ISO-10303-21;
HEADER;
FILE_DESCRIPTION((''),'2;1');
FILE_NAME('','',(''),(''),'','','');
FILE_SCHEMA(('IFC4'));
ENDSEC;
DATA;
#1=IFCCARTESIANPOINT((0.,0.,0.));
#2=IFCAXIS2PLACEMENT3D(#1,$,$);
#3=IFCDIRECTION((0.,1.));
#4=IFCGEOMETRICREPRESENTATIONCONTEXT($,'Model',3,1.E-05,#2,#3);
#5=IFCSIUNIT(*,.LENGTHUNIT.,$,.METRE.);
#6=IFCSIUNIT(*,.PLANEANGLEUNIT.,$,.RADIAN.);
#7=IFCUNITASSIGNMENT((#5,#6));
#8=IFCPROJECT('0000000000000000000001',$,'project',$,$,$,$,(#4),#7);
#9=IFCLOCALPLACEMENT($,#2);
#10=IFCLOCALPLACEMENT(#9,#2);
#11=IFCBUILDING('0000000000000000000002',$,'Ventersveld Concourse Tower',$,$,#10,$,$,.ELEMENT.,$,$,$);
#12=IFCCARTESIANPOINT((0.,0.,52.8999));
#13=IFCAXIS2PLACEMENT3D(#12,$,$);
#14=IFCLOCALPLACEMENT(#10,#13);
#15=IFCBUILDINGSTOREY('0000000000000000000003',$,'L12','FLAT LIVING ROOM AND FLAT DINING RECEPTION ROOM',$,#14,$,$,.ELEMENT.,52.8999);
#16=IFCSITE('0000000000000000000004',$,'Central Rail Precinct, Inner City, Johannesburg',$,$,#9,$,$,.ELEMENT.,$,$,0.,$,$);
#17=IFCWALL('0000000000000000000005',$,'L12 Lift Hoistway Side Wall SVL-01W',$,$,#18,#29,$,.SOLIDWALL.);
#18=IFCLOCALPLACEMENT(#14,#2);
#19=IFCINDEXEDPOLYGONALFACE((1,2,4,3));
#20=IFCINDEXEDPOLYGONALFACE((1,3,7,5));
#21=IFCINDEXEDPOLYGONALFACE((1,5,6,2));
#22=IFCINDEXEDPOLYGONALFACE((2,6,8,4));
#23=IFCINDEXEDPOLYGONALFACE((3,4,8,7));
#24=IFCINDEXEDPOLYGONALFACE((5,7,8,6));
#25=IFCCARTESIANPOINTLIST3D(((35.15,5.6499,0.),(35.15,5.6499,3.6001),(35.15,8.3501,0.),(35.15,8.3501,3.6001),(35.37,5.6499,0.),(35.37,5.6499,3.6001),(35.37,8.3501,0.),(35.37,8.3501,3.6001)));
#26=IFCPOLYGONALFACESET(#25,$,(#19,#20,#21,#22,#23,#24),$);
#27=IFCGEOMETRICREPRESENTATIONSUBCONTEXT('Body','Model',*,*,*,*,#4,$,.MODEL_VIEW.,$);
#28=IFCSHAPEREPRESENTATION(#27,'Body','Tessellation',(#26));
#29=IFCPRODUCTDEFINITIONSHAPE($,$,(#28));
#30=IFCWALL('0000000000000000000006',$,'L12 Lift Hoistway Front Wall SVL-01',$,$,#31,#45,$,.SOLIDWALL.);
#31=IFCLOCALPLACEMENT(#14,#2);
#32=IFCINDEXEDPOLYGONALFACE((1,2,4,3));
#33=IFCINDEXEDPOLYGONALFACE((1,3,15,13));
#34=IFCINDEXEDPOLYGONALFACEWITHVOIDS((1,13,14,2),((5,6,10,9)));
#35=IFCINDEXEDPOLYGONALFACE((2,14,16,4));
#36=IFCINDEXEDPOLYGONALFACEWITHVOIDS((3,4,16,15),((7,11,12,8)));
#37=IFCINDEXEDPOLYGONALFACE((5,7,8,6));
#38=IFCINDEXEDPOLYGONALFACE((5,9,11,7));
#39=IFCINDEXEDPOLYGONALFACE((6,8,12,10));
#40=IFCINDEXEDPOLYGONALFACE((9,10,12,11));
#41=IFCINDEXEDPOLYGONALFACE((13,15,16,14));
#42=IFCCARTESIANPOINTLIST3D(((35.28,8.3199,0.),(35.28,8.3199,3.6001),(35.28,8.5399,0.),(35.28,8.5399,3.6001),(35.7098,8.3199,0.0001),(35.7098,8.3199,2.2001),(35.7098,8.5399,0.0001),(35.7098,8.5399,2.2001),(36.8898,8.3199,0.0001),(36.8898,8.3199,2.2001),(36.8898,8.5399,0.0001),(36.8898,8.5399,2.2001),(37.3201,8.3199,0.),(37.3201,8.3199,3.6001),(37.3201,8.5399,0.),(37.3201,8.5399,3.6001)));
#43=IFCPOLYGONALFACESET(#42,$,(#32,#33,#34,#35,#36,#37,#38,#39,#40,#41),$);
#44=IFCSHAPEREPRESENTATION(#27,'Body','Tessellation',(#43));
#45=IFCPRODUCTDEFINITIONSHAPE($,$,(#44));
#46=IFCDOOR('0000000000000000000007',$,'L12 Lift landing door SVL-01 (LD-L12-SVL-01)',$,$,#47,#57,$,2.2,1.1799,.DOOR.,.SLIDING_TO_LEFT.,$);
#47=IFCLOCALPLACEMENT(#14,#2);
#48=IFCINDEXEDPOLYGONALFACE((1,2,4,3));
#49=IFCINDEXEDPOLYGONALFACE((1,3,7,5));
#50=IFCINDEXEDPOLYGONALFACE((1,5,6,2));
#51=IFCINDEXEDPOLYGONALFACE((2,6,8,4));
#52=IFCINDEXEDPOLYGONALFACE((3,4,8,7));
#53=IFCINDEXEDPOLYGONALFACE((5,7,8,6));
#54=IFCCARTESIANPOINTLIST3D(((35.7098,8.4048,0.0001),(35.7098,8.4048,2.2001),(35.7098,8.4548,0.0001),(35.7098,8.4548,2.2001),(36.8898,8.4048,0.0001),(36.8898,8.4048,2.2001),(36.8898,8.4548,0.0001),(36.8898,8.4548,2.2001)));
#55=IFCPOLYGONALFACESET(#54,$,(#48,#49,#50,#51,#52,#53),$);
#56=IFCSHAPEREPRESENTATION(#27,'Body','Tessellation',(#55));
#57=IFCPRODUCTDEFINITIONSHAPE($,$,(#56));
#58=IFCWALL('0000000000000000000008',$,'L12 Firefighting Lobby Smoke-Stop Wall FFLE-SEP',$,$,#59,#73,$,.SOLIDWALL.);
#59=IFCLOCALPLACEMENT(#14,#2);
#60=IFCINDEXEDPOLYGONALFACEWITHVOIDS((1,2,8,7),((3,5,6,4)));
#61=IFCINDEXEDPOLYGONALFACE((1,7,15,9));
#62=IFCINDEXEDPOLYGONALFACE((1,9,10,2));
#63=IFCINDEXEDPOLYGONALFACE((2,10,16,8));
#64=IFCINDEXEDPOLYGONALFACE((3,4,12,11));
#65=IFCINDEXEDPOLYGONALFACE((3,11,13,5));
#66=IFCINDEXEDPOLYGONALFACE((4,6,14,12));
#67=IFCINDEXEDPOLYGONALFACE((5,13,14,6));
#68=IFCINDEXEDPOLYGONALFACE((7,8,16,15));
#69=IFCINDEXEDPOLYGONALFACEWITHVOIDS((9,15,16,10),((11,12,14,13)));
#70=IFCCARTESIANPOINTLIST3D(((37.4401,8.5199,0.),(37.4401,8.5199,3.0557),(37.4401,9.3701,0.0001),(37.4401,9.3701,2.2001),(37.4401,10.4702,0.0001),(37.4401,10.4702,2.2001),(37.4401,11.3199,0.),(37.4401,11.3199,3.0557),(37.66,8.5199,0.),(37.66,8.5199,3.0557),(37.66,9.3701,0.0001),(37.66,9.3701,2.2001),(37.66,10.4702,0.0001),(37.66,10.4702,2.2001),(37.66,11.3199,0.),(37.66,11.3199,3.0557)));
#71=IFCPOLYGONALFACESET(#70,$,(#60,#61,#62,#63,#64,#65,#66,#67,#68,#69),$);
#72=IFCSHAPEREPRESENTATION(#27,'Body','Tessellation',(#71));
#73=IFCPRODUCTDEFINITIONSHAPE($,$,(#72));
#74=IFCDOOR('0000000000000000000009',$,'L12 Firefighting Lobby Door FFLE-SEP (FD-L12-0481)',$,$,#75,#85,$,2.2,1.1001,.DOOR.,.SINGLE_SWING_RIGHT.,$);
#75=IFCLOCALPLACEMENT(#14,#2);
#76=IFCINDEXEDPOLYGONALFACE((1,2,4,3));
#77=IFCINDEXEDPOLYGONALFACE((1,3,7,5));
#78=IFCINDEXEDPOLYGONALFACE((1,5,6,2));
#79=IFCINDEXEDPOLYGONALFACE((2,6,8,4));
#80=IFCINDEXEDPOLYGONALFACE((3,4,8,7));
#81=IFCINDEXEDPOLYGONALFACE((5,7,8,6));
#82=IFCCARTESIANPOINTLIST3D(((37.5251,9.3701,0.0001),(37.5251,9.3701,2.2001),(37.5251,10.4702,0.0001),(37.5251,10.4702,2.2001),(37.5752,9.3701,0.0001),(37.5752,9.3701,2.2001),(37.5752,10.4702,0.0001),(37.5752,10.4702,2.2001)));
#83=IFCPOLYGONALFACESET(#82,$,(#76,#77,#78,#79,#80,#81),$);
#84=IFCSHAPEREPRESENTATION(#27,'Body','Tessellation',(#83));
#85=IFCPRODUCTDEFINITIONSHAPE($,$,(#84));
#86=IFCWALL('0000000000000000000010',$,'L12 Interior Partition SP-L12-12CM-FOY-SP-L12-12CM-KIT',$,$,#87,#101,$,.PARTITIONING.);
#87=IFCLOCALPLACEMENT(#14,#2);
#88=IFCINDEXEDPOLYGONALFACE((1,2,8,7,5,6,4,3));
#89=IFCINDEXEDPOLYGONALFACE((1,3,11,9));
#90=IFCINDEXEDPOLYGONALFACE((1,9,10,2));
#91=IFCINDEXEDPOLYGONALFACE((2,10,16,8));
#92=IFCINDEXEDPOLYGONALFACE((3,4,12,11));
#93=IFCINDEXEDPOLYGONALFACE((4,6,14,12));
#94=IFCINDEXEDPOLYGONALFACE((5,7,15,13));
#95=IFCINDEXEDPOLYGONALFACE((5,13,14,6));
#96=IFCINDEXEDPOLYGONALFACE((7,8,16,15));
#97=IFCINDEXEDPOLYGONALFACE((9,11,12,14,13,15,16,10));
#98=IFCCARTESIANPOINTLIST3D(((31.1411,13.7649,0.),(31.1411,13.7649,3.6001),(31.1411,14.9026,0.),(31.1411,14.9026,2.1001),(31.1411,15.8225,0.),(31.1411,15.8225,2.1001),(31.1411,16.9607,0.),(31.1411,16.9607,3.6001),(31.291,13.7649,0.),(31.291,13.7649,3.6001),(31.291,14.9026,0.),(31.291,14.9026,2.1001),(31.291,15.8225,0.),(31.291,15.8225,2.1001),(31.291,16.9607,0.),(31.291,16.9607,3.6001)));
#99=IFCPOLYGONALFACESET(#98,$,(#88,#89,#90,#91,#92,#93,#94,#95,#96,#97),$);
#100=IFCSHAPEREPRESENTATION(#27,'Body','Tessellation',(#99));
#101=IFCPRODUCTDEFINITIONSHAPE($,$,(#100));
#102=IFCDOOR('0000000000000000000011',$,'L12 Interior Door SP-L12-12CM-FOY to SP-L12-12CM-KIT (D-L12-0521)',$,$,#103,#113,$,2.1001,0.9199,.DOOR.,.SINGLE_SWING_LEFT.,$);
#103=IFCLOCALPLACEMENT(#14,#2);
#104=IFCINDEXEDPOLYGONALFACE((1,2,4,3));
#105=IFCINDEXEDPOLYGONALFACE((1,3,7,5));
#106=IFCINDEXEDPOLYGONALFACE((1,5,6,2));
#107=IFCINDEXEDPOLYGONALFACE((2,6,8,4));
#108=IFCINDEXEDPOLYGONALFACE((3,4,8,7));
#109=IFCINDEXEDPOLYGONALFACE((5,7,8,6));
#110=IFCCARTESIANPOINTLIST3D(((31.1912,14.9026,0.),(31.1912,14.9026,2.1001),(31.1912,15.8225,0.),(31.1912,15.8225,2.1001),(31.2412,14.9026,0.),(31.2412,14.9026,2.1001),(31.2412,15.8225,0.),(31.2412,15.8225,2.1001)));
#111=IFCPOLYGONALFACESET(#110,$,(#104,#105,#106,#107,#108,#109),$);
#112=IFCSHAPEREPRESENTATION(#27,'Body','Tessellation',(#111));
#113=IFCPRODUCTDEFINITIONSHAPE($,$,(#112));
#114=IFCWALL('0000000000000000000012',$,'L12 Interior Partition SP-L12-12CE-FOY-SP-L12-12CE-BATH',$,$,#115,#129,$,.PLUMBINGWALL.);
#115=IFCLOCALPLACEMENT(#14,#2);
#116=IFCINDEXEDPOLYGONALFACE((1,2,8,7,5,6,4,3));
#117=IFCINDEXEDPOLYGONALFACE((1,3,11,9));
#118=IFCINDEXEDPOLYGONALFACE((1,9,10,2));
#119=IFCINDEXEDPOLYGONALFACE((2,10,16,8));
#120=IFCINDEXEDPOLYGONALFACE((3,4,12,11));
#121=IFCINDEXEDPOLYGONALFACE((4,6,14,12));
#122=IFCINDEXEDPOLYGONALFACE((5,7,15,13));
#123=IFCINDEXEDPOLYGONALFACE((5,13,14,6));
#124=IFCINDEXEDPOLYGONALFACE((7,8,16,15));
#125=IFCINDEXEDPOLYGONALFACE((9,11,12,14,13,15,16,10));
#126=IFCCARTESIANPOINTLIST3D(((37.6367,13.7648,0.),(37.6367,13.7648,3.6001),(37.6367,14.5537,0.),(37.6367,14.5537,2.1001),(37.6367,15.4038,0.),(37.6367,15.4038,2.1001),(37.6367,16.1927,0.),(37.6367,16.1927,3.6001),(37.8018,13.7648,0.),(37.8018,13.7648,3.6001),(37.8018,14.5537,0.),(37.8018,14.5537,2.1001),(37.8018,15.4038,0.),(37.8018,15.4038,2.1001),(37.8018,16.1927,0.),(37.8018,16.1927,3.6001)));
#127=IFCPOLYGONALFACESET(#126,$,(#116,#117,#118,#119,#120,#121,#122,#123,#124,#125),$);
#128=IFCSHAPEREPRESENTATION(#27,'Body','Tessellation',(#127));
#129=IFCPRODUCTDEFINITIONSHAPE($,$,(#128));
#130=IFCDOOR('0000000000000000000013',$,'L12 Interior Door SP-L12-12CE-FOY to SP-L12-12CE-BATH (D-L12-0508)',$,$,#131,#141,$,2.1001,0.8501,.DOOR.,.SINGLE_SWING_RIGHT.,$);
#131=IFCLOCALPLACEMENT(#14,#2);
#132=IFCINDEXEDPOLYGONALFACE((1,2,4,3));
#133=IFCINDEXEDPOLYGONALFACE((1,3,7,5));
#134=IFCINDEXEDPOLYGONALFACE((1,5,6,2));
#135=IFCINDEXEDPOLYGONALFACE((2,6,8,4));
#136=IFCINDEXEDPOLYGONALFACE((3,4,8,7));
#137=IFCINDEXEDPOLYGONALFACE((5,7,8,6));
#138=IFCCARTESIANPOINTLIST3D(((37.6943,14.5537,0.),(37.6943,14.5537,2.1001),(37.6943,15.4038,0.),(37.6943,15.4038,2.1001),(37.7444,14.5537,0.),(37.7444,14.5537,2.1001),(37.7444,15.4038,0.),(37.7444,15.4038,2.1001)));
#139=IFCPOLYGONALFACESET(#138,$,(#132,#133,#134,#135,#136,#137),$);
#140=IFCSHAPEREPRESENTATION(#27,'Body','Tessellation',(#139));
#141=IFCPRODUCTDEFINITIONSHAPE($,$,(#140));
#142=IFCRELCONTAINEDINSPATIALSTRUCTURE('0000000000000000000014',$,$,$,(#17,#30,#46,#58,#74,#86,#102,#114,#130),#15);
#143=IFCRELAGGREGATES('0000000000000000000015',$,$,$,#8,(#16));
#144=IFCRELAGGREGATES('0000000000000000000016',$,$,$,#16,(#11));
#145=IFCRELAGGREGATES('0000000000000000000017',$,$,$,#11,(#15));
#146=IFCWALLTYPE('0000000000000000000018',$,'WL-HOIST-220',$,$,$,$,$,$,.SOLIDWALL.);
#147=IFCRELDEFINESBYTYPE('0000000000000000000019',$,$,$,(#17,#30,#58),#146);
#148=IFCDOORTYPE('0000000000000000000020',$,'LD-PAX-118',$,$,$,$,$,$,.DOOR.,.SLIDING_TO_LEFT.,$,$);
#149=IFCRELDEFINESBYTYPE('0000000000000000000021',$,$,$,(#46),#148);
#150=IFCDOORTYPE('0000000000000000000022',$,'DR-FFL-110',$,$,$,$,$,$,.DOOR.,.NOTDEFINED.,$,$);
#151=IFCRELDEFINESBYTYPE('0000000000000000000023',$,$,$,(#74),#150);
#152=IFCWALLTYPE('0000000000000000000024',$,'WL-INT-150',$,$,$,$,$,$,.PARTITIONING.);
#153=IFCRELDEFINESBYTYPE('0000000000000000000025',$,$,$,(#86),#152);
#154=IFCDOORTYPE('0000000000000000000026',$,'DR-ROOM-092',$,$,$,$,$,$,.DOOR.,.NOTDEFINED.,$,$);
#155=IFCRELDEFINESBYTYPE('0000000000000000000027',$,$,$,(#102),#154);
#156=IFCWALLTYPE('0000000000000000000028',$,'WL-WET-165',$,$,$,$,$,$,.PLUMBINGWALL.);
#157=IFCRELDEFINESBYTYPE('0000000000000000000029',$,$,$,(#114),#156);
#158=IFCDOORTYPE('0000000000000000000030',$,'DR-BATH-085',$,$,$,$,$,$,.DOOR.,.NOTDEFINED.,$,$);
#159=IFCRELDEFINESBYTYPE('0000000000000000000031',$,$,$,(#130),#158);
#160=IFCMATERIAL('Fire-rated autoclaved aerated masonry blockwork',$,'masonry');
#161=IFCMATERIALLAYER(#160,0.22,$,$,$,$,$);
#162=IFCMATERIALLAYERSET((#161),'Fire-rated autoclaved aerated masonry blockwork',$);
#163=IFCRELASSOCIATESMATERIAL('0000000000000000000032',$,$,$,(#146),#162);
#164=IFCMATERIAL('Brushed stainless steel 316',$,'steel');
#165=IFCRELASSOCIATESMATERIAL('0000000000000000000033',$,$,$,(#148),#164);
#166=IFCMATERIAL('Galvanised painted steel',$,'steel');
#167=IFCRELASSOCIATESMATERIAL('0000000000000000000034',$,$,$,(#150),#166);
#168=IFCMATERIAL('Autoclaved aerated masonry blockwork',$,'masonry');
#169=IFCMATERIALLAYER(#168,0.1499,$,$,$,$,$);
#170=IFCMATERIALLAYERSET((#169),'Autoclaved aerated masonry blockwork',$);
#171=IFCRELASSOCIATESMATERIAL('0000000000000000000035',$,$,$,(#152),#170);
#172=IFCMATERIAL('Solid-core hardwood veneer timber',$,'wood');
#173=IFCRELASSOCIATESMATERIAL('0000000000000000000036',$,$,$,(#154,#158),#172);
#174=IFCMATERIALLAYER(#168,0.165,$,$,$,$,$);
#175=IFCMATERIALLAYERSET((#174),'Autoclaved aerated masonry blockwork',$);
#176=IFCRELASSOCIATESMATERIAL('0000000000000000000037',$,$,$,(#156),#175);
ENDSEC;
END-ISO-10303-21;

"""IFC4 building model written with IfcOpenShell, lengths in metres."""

from ifc_helpers import new_model, si_unit, direction, frame, frame_2d, origin, place, context, subcontext, project, spatial, rectangle, extrude, material, layer, layer_set, type_object, element, fill, save


model = new_model("IFC4")

# Units and contexts
model_context = context("Model", 3, precision=1e-05, world=origin(), true_north=direction((0.0, 1.0)))
body_context = subcontext(model_context, "Body", "Model", "MODEL_VIEW")
ifc_project = project(units=[si_unit("LENGTHUNIT", "METRE"), si_unit("PLANEANGLEUNIT", "RADIAN")], contexts=[model_context])

# Site, building, storey
site_placement = place(None, origin())
site = spatial("IfcSite", under=ifc_project, at=site_placement, Name="Central Rail Precinct, Inner City, Johannesburg", CompositionType="ELEMENT", RefElevation=0.0)
building_placement = place(site_placement, origin())
building = spatial("IfcBuilding", under=site, at=building_placement, Name="Ventersveld Concourse Tower", CompositionType="ELEMENT")
storey_placement = place(building_placement, frame((0.0, 0.0, 52.8999)))
storey = spatial("IfcBuildingStorey", under=building, at=storey_placement, Name="L12", Description="FLAT LIVING ROOM AND FLAT DINING RECEPTION ROOM", CompositionType="ELEMENT", Elevation=52.8999)

# Shared definitions
ifc_material_1 = material(Name="Fire-rated autoclaved aerated masonry blockwork", Category="masonry")
ifc_material_2 = material(Name="Solid-core hardwood veneer timber", Category="wood")

# Wall
ifc_layer_1 = layer(ifc_material_1, 0.22)
ifc_layer_set_1 = layer_set([ifc_layer_1], Name="Fire-rated autoclaved aerated masonry blockwork")
wall_type_1 = type_object("IfcWallType", Name="WL-HOIST-220", PredefinedType="SOLIDWALL", material=ifc_layer_set_1)
for number, where, z_axis, x_axis, name in (
    (1, (35.26, 5.6499, 0.0), (0.0, 0.0, 1.0), (0.0, 1.0, 0.0), "L12 Lift Hoistway Side Wall SVL-01W"),
):
    element("IfcWall", number, at=place(storey_placement, frame(where, z_axis=z_axis, x_axis=x_axis)), inside=storey, type_object=wall_type_1, Name=name, PredefinedType="SOLIDWALL", context=body_context, shape_type="SweptSolid", body=[
        extrude(rectangle(XDim=2.7002, YDim=0.22, at=frame_2d((1.3501, 0.0))), origin(), (0.0, 0.0, 1.0), 3.6001),
    ])

# Walls, openings, doors
wall_1_placement = place(storey_placement, frame((35.28, 8.4299, 0.0), z_axis=(0.0, 0.0, 1.0), x_axis=(1.0, 0.0, 0.0)))
wall_1 = element("IfcWall", 2, at=wall_1_placement, inside=storey, type_object=wall_type_1, Name="L12 Lift Hoistway Front Wall SVL-01", PredefinedType="SOLIDWALL", context=body_context, shape_type="SweptSolid", body=[
    extrude(rectangle(XDim=2.04, YDim=0.22, at=frame_2d((1.02, 0.0))), origin(), (0.0, 0.0, 1.0), 3.6001),
])
opening_1_placement = place(wall_1_placement, frame((0.4299, 0.0, 0.0)))
opening_1 = element("IfcOpeningElement", 3, at=opening_1_placement, cuts=wall_1, PredefinedType="OPENING", context=body_context, shape_type="SweptSolid", body=[
    extrude(rectangle(XDim=1.1799, YDim=2.2, at=frame_2d((0.5898, 1.1001))), frame((0.0, 0.1201, 0.0), z_axis=(0.0, -1.0, 0.0), x_axis=(1.0, 0.0, 0.0)), (0.0, 0.0, 1.0), 0.24),
])
ifc_material_3 = material(Name="Brushed stainless steel 316", Category="steel")
door_type_1 = type_object("IfcDoorType", Name="LD-PAX-118", OperationType="SLIDING_TO_LEFT", PredefinedType="DOOR", material=ifc_material_3)
door_1_placement = place(opening_1_placement, origin())
door_1 = element("IfcDoor", 4, at=door_1_placement, inside=storey, type_object=door_type_1, Name="L12 Lift landing door SVL-01 (LD-L12-SVL-01)", OperationType="SLIDING_TO_LEFT", OverallHeight=2.2, OverallWidth=1.1799, PredefinedType="DOOR", context=body_context, shape_type="SweptSolid", body=[
    extrude(rectangle(XDim=1.1799, YDim=2.2, at=frame_2d((0.5898, 1.1001))), frame((0.0, 0.0249, 0.0), z_axis=(0.0, -1.0, 0.0), x_axis=(1.0, 0.0, 0.0)), (0.0, 0.0, 1.0), 0.05),
])
fill(opening_1, door_1)
wall_2_placement = place(storey_placement, frame((37.55, 8.52, 0.0), z_axis=(0.0, 0.0, 1.0), x_axis=(0.0, 1.0, 0.0)))
wall_2 = element("IfcWall", 5, at=wall_2_placement, inside=storey, type_object=wall_type_1, Name="L12 Firefighting Lobby Smoke-Stop Wall FFLE-SEP", PredefinedType="SOLIDWALL", context=body_context, shape_type="SweptSolid", body=[
    extrude(rectangle(XDim=2.8, YDim=0.22, at=frame_2d((1.3999, 0.0))), origin(), (0.0, 0.0, 1.0), 3.0557),
])
opening_2_placement = place(wall_2_placement, frame((0.8501, 0.0, 0.0)))
opening_2 = element("IfcOpeningElement", 6, at=opening_2_placement, cuts=wall_2, PredefinedType="OPENING", context=body_context, shape_type="SweptSolid", body=[
    extrude(rectangle(XDim=1.1001, YDim=2.2, at=frame_2d((0.55, 1.1001))), frame((0.0, 0.1201, 0.0), z_axis=(0.0, -1.0, 0.0), x_axis=(1.0, 0.0, 0.0)), (0.0, 0.0, 1.0), 0.24),
])
ifc_material_4 = material(Name="Galvanised painted steel", Category="steel")
door_type_2 = type_object("IfcDoorType", Name="DR-FFL-110", OperationType="NOTDEFINED", PredefinedType="DOOR", material=ifc_material_4)
door_2_placement = place(opening_2_placement, origin())
door_2 = element("IfcDoor", 7, at=door_2_placement, inside=storey, type_object=door_type_2, Name="L12 Firefighting Lobby Door FFLE-SEP (FD-L12-0481)", OperationType="SINGLE_SWING_RIGHT", OverallHeight=2.2, OverallWidth=1.1001, PredefinedType="DOOR", context=body_context, shape_type="SweptSolid", body=[
    extrude(rectangle(XDim=1.1001, YDim=2.2, at=frame_2d((0.55, 1.1001))), frame((0.0, 0.0249, 0.0), z_axis=(0.0, -1.0, 0.0), x_axis=(1.0, 0.0, 0.0)), (0.0, 0.0, 1.0), 0.05),
])
fill(opening_2, door_2)
ifc_material_5 = material(Name="Autoclaved aerated masonry blockwork", Category="masonry")
ifc_layer_2 = layer(ifc_material_5, 0.1499)
ifc_layer_set_2 = layer_set([ifc_layer_2], Name="Autoclaved aerated masonry blockwork")
wall_type_2 = type_object("IfcWallType", Name="WL-INT-150", PredefinedType="PARTITIONING", material=ifc_layer_set_2)
wall_3_placement = place(storey_placement, frame((31.2161, 13.7649, 0.0), z_axis=(0.0, 0.0, 1.0), x_axis=(0.0, 1.0, 0.0)))
wall_3 = element("IfcWall", 8, at=wall_3_placement, inside=storey, type_object=wall_type_2, Name="L12 Interior Partition SP-L12-12CM-FOY-SP-L12-12CM-KIT", PredefinedType="PARTITIONING", context=body_context, shape_type="SweptSolid", body=[
    extrude(rectangle(XDim=3.1958, YDim=0.1499, at=frame_2d((1.5979, 0.0))), origin(), (0.0, 0.0, 1.0), 3.6001),
])
opening_3_placement = place(wall_3_placement, frame((1.1377, 0.0, 0.0)))
opening_3 = element("IfcOpeningElement", 9, at=opening_3_placement, cuts=wall_3, PredefinedType="OPENING", context=body_context, shape_type="SweptSolid", body=[
    extrude(rectangle(XDim=0.9199, YDim=2.1001, at=frame_2d((0.46, 1.05))), frame((0.0, 0.085, 0.0), z_axis=(0.0, -1.0, 0.0), x_axis=(1.0, 0.0, 0.0)), (0.0, 0.0, 1.0), 0.1699),
])
door_type_3 = type_object("IfcDoorType", Name="DR-ROOM-092", OperationType="NOTDEFINED", PredefinedType="DOOR", material=ifc_material_2)
door_3_placement = place(opening_3_placement, origin())
door_3 = element("IfcDoor", 10, at=door_3_placement, inside=storey, type_object=door_type_3, Name="L12 Interior Door SP-L12-12CM-FOY to SP-L12-12CM-KIT (D-L12-0521)", OperationType="SINGLE_SWING_LEFT", OverallHeight=2.1001, OverallWidth=0.9199, PredefinedType="DOOR", context=body_context, shape_type="SweptSolid", body=[
    extrude(rectangle(XDim=0.9199, YDim=2.1001, at=frame_2d((0.46, 1.05))), frame((0.0, 0.0249, 0.0), z_axis=(0.0, -1.0, 0.0), x_axis=(1.0, 0.0, 0.0)), (0.0, 0.0, 1.0), 0.05),
])
fill(opening_3, door_3)
ifc_layer_3 = layer(ifc_material_5, 0.165)
ifc_layer_set_3 = layer_set([ifc_layer_3], Name="Autoclaved aerated masonry blockwork")
wall_type_3 = type_object("IfcWallType", Name="WL-WET-165", PredefinedType="PLUMBINGWALL", material=ifc_layer_set_3)
wall_4_placement = place(storey_placement, frame((37.7192, 13.7649, 0.0), z_axis=(0.0, 0.0, 1.0), x_axis=(0.0, 1.0, 0.0)))
wall_4 = element("IfcWall", 11, at=wall_4_placement, inside=storey, type_object=wall_type_3, Name="L12 Interior Partition SP-L12-12CE-FOY-SP-L12-12CE-BATH", PredefinedType="PLUMBINGWALL", context=body_context, shape_type="SweptSolid", body=[
    extrude(rectangle(XDim=2.428, YDim=0.165, at=frame_2d((1.2139, 0.0))), origin(), (0.0, 0.0, 1.0), 3.6001),
])
opening_4_placement = place(wall_4_placement, frame((0.7888, 0.0, 0.0)))
opening_4 = element("IfcOpeningElement", 12, at=opening_4_placement, cuts=wall_4, PredefinedType="OPENING", context=body_context, shape_type="SweptSolid", body=[
    extrude(rectangle(XDim=0.8501, YDim=2.1001, at=frame_2d((0.425, 1.05))), frame((0.0, 0.0925, 0.0), z_axis=(0.0, -1.0, 0.0), x_axis=(1.0, 0.0, 0.0)), (0.0, 0.0, 1.0), 0.1851),
])
door_type_4 = type_object("IfcDoorType", Name="DR-BATH-085", OperationType="NOTDEFINED", PredefinedType="DOOR", material=ifc_material_2)
door_4_placement = place(opening_4_placement, origin())
door_4 = element("IfcDoor", 13, at=door_4_placement, inside=storey, type_object=door_type_4, Name="L12 Interior Door SP-L12-12CE-FOY to SP-L12-12CE-BATH (D-L12-0508)", OperationType="SINGLE_SWING_RIGHT", OverallHeight=2.1001, OverallWidth=0.8501, PredefinedType="DOOR", context=body_context, shape_type="SweptSolid", body=[
    extrude(rectangle(XDim=0.8501, YDim=2.1001, at=frame_2d((0.425, 1.05))), frame((0.0, 0.0249, 0.0), z_axis=(0.0, -1.0, 0.0), x_axis=(1.0, 0.0, 0.0)), (0.0, 0.0, 1.0), 0.05),
])
fill(opening_4, door_4)

save(model, "model.ifc")
